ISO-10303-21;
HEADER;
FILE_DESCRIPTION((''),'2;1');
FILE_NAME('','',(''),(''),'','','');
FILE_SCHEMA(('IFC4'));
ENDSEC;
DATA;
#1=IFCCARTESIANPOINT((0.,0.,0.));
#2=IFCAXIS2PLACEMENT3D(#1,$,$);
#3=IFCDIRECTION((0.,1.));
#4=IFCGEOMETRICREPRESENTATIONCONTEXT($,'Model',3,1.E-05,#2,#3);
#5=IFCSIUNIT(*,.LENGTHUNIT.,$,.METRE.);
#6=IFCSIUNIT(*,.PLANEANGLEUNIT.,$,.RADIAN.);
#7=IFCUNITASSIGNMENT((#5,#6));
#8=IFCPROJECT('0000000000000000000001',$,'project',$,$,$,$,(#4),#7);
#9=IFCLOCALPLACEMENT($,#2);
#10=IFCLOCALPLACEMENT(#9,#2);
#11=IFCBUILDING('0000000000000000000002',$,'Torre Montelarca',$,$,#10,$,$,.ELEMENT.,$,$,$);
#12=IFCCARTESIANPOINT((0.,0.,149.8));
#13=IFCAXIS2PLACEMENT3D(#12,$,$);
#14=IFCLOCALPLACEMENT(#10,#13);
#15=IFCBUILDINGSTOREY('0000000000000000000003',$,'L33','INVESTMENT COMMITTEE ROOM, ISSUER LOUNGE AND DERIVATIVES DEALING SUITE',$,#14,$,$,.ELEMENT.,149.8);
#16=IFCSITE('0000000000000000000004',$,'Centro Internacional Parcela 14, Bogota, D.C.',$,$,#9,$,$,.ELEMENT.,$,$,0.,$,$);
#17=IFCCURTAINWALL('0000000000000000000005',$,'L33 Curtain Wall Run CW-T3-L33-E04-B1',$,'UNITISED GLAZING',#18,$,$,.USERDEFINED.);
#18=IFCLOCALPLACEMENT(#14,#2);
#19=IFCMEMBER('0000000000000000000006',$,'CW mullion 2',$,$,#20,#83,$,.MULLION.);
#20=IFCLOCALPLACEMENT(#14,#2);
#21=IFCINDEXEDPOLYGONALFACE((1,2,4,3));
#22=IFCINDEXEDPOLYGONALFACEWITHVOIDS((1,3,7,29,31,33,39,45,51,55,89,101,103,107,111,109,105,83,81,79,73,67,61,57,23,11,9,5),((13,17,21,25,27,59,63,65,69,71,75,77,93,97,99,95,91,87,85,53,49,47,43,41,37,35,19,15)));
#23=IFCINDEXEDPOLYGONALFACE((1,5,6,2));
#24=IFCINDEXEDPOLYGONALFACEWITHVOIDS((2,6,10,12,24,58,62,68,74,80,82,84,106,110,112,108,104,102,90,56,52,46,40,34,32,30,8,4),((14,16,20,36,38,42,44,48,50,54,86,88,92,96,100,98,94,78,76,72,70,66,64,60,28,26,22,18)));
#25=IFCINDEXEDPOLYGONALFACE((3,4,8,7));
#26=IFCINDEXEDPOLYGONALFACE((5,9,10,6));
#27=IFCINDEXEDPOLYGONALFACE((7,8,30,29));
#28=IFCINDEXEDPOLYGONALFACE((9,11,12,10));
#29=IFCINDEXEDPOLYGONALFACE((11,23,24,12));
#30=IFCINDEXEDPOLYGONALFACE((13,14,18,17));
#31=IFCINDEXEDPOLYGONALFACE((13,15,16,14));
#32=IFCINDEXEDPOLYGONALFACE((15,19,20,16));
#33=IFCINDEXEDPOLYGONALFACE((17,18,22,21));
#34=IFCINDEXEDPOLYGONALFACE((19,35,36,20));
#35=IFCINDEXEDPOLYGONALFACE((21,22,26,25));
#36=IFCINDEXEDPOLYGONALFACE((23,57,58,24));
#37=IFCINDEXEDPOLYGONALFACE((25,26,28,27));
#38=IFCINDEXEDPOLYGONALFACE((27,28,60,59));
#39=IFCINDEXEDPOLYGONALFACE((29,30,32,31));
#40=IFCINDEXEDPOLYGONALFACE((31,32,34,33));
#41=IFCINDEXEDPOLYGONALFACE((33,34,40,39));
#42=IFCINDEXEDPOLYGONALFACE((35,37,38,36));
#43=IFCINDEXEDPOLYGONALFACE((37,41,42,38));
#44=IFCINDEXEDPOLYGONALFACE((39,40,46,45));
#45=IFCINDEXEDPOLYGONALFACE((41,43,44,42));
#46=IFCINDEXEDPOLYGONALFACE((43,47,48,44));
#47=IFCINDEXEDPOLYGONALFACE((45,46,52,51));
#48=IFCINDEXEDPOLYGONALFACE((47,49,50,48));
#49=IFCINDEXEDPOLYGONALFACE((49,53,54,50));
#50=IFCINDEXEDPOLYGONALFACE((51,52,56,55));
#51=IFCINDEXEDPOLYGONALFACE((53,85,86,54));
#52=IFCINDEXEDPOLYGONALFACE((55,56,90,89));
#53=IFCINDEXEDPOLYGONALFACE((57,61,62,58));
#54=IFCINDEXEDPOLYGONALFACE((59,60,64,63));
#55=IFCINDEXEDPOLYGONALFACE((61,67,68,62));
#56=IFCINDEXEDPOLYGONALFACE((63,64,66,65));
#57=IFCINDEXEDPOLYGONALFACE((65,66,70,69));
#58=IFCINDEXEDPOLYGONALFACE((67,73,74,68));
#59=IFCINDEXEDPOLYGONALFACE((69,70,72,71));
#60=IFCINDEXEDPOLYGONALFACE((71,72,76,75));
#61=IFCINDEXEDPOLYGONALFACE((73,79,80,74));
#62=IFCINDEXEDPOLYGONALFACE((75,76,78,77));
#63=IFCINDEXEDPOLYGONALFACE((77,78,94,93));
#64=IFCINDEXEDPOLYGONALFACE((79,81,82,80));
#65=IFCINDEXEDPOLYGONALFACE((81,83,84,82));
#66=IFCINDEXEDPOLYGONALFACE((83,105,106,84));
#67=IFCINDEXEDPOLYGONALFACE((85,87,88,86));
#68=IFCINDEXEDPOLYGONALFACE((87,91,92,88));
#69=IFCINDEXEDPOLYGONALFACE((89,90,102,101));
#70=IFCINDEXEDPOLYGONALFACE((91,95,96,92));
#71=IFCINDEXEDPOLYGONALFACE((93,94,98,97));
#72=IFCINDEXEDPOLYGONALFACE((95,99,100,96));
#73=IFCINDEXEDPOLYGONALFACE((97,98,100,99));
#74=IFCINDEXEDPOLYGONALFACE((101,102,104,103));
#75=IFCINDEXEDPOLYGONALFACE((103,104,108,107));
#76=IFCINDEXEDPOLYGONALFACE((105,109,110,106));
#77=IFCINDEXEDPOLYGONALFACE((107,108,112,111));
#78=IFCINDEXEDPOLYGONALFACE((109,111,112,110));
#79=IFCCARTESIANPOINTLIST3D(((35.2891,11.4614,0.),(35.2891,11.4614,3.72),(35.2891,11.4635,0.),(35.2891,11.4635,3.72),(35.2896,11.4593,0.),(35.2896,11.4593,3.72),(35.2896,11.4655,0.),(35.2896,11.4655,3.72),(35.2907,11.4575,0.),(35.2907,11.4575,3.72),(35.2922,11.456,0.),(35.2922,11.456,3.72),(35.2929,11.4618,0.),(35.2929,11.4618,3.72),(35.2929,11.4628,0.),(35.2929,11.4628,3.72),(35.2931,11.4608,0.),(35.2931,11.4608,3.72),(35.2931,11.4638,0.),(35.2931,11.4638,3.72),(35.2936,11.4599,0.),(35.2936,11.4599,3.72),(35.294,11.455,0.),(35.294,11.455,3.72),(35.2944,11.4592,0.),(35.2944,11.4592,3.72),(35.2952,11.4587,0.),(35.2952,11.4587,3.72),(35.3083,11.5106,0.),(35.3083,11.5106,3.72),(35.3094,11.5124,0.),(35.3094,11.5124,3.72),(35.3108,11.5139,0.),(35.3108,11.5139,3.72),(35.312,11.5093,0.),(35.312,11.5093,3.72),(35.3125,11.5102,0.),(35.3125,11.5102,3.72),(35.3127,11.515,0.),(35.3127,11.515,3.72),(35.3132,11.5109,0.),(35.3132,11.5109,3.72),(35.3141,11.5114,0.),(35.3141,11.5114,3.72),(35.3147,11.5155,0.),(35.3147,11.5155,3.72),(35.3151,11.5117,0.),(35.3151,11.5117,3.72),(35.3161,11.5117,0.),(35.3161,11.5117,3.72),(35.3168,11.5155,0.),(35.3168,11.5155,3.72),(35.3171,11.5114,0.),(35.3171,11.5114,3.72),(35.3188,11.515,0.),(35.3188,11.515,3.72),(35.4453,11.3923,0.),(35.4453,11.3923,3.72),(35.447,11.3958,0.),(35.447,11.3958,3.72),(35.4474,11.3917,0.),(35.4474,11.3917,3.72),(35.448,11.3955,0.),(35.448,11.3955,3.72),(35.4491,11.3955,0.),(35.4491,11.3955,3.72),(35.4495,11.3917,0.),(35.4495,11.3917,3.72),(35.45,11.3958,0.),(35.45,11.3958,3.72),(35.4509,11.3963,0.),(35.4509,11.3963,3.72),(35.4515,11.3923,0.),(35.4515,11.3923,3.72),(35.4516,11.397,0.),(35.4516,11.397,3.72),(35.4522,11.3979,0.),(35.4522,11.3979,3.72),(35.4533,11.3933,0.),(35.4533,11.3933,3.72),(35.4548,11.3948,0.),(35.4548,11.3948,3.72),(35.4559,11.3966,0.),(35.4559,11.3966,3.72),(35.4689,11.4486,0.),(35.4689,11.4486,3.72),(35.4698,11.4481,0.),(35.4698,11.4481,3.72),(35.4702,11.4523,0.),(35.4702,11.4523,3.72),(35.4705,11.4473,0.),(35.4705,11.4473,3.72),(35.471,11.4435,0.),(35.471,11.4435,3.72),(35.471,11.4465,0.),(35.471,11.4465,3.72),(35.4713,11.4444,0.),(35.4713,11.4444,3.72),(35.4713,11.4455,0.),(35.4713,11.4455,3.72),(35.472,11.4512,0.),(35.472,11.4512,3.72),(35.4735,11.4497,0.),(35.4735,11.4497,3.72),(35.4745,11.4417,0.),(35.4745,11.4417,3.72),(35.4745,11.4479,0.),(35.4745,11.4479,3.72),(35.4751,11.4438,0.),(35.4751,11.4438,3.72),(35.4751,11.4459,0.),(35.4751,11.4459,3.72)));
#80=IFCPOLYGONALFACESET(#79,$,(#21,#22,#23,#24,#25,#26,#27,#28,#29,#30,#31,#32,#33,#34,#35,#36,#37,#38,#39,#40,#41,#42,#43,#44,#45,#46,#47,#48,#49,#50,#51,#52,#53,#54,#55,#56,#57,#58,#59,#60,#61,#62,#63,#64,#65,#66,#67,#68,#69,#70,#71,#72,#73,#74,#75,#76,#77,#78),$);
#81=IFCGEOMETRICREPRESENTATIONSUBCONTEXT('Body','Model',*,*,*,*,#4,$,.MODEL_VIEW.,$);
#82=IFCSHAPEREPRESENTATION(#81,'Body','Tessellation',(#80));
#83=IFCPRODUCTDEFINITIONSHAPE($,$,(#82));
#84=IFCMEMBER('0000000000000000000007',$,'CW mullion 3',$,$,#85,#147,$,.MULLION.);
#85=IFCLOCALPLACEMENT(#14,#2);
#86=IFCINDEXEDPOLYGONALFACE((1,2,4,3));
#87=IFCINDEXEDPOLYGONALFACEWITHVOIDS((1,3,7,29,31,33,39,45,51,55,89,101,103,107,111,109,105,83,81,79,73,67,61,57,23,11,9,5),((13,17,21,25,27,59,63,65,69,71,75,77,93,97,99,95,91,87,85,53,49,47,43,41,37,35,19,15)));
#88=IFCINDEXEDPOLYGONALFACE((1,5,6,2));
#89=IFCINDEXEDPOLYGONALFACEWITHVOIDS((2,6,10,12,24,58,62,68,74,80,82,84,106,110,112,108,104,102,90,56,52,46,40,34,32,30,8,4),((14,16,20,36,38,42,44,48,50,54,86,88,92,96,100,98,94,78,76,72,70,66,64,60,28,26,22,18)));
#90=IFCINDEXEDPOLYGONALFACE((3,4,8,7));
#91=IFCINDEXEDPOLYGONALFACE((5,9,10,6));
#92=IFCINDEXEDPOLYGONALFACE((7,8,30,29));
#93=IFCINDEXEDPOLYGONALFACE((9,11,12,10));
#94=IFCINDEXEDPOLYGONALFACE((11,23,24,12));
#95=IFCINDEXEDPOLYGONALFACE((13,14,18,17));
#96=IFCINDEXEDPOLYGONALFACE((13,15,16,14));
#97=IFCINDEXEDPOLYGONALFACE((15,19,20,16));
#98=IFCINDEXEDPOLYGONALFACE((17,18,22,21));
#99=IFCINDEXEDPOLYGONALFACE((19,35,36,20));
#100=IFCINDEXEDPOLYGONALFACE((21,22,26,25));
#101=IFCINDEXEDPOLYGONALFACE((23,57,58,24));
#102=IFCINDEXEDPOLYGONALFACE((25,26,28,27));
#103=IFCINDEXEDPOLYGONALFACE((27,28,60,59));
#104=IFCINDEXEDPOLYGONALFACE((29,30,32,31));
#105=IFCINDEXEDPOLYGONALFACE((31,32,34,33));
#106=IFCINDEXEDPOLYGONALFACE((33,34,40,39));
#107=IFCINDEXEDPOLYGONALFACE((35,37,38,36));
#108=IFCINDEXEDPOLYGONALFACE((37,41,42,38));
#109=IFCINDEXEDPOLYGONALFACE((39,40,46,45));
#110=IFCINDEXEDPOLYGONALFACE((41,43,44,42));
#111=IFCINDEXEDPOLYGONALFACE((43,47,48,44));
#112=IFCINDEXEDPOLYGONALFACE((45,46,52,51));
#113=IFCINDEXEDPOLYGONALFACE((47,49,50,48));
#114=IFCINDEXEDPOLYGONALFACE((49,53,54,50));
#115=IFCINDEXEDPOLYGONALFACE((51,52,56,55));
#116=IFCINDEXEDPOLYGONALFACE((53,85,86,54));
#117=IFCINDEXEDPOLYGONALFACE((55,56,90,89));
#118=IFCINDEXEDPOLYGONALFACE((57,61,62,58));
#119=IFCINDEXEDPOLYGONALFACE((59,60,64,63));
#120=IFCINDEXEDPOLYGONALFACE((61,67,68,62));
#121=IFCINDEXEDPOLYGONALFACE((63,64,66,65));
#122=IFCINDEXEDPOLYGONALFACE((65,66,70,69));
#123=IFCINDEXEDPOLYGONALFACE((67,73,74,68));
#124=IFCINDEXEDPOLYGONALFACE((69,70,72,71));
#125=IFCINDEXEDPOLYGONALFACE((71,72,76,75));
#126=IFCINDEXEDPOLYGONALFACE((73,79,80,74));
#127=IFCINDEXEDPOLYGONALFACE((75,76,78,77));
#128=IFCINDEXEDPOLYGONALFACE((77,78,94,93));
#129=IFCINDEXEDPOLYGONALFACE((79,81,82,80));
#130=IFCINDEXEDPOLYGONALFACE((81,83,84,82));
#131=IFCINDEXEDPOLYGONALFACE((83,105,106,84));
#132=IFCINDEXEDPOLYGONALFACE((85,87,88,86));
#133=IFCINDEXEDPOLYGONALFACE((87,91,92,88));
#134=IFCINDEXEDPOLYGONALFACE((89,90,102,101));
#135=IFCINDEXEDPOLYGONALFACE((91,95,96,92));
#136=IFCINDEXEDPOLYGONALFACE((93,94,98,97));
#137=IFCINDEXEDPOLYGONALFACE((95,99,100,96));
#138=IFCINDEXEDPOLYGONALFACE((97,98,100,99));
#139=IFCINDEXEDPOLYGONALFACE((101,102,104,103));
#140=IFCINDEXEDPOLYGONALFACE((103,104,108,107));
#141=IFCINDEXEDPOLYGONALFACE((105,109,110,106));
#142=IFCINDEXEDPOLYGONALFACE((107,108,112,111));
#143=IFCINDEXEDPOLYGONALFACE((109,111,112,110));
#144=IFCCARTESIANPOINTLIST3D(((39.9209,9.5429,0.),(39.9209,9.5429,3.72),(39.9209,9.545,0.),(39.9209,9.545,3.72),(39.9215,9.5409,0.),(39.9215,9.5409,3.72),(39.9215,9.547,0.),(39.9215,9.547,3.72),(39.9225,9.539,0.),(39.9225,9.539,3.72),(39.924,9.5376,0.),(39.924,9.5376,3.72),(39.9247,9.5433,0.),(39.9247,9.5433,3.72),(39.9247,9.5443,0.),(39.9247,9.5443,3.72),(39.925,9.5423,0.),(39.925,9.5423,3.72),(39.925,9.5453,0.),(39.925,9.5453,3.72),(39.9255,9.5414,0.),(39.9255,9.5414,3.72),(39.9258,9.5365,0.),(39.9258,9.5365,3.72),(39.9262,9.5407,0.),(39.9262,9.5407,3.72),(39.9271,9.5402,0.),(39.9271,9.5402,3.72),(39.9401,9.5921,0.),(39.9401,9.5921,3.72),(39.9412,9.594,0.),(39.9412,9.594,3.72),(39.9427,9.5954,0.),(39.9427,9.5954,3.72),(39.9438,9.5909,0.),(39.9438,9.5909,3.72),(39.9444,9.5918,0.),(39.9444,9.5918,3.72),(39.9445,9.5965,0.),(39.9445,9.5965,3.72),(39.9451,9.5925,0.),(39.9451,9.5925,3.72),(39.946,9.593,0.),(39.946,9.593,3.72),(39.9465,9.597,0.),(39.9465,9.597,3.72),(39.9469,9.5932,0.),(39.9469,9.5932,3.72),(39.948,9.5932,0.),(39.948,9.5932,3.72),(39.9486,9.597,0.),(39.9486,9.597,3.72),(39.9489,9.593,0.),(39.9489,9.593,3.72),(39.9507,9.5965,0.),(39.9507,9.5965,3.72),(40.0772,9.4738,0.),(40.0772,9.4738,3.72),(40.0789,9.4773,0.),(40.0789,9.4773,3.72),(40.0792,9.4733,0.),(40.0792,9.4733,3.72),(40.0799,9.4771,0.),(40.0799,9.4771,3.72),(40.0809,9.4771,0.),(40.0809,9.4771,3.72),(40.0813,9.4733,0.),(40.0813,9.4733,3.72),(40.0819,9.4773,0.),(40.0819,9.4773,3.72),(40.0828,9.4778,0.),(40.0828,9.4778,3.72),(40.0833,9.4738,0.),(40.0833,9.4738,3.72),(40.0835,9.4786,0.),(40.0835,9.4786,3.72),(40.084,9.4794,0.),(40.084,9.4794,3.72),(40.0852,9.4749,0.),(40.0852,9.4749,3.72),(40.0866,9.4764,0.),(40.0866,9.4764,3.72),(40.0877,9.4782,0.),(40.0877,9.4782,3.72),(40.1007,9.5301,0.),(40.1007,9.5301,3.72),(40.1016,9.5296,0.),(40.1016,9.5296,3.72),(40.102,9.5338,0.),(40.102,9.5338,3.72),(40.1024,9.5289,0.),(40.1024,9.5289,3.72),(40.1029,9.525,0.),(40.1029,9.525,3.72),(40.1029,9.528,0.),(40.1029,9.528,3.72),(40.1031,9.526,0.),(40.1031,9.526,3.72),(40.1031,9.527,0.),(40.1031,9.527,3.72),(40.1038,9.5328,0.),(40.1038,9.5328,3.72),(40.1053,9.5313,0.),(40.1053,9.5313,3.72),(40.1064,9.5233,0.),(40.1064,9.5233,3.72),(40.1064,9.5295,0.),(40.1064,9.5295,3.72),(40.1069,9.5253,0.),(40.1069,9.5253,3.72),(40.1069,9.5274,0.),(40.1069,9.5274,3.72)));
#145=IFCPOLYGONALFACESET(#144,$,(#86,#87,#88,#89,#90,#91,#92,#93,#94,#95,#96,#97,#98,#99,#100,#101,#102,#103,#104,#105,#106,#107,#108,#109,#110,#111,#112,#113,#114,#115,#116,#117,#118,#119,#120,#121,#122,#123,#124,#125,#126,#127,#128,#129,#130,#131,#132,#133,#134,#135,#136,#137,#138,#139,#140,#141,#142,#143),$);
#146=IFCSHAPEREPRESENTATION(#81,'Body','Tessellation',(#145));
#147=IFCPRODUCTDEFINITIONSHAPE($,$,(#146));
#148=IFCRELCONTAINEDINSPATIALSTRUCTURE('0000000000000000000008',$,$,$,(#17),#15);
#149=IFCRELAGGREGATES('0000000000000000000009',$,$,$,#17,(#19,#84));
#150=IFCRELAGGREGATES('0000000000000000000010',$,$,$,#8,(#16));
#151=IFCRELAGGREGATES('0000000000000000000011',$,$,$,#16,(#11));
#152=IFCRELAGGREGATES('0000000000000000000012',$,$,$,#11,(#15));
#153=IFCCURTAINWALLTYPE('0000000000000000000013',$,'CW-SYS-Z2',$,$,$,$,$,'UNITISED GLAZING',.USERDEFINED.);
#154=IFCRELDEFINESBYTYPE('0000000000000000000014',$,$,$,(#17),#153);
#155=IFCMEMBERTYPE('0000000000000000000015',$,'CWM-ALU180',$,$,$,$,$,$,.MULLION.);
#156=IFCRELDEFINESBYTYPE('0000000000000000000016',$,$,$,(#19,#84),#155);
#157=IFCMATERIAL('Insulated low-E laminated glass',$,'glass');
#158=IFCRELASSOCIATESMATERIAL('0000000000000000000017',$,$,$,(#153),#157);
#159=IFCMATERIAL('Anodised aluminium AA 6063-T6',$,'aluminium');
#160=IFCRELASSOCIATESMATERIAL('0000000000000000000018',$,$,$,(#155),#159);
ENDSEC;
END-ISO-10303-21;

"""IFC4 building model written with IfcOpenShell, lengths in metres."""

from ifc_helpers import new_model, si_unit, direction, frame, origin, origin_2d, place, context, subcontext, project, spatial, hollow_rectangle, extrude, source, transform, mapped, material, material_profile, profile_set, type_object, element, aggregate, save


model = new_model("IFC4")

# Units and contexts
model_context = context("Model", 3, precision=1e-05, world=origin(), true_north=direction((0.0, 1.0)))
body_context = subcontext(model_context, "Body", "Model", "MODEL_VIEW")
ifc_project = project(units=[si_unit("LENGTHUNIT", "METRE"), si_unit("PLANEANGLEUNIT", "RADIAN")], contexts=[model_context])

# Site, building, storey
site_placement = place(None, origin())
site = spatial("IfcSite", under=ifc_project, at=site_placement, Name="Centro Internacional Parcela 14, Bogota, D.C.", CompositionType="ELEMENT", RefElevation=0.0)
building_placement = place(site_placement, origin())
building = spatial("IfcBuilding", under=site, at=building_placement, Name="Torre Montelarca", CompositionType="ELEMENT")
storey_placement = place(building_placement, frame((0.0, 0.0, 149.8)))
storey = spatial("IfcBuildingStorey", under=building, at=storey_placement, Name="L33", Description="INVESTMENT COMMITTEE ROOM, ISSUER LOUNGE AND DERIVATIVES DEALING SUITE", CompositionType="ELEMENT", Elevation=149.8)

# Curtain wall, members
ifc_material_1 = material(Name="Insulated low-E laminated glass", Category="glass")
curtain_wall_type = type_object("IfcCurtainWallType", Name="CW-SYS-Z2", ElementType="UNITISED GLAZING", PredefinedType="USERDEFINED", material=ifc_material_1)
ifc_material_2 = material(Name="Anodised aluminium AA 6063-T6", Category="aluminium")
curtain_wall_1_placement = place(storey_placement, origin())
curtain_wall_1 = element("IfcCurtainWall", 1, at=curtain_wall_1_placement, inside=storey, type_object=curtain_wall_type, Name="L33 Curtain Wall Run CW-T3-L33-E04-B1", ObjectType="UNITISED GLAZING", PredefinedType="USERDEFINED")
ifc_material_profile_1 = material_profile(ifc_material_2, hollow_rectangle(XDim=0.0649, YDim=0.1799, WallThickness=0.0039, InnerFilletRadius=0.0039, OuterFilletRadius=0.0081, at=origin_2d()), Name="ALU65X180X4", Category="aluminium")
ifc_profile_set_1 = profile_set([ifc_material_profile_1], Name="Anodised aluminium AA 6063-T6")
member_type_1 = type_object("IfcMemberType", Name="CWM-ALU180", PredefinedType="MULLION", material=ifc_profile_set_1)
shared_shape_1 = source(origin(), body_context, "Body", "SweptSolid", [
    extrude(hollow_rectangle(XDim=0.0649, YDim=0.1799, WallThickness=0.0039, InnerFilletRadius=0.0039, OuterFilletRadius=0.0081, at=origin_2d()), origin(), (0.0, 0.0, 1.0), 3.72),
])
member_1_placement = place(storey_placement, frame((35.3821, 11.4536, 0.0), z_axis=(0.0, 0.0, 1.0), x_axis=(0.382671, 0.923885, 0.0)))
member_1 = element("IfcMember", 2, at=member_1_placement, type_object=member_type_1, Name="CW mullion 2", PredefinedType="MULLION", context=body_context, shape_type="MappedRepresentation", body=[
    mapped(shared_shape_1, transform((0.0, 0.0, 0.0), scale=1.0)),
])
member_2_placement = place(storey_placement, frame((40.0139, 9.5352, 0.0), z_axis=(0.0, 0.0, 1.0), x_axis=(0.382671, 0.923885, 0.0)))
member_2 = element("IfcMember", 3, at=member_2_placement, type_object=member_type_1, Name="CW mullion 3", PredefinedType="MULLION", context=body_context, shape_type="MappedRepresentation", body=[
    mapped(shared_shape_1, transform((0.0, 0.0, 0.0), scale=1.0)),
])

aggregate(curtain_wall_1, [member_1, member_2])

save(model, "model.ifc")
